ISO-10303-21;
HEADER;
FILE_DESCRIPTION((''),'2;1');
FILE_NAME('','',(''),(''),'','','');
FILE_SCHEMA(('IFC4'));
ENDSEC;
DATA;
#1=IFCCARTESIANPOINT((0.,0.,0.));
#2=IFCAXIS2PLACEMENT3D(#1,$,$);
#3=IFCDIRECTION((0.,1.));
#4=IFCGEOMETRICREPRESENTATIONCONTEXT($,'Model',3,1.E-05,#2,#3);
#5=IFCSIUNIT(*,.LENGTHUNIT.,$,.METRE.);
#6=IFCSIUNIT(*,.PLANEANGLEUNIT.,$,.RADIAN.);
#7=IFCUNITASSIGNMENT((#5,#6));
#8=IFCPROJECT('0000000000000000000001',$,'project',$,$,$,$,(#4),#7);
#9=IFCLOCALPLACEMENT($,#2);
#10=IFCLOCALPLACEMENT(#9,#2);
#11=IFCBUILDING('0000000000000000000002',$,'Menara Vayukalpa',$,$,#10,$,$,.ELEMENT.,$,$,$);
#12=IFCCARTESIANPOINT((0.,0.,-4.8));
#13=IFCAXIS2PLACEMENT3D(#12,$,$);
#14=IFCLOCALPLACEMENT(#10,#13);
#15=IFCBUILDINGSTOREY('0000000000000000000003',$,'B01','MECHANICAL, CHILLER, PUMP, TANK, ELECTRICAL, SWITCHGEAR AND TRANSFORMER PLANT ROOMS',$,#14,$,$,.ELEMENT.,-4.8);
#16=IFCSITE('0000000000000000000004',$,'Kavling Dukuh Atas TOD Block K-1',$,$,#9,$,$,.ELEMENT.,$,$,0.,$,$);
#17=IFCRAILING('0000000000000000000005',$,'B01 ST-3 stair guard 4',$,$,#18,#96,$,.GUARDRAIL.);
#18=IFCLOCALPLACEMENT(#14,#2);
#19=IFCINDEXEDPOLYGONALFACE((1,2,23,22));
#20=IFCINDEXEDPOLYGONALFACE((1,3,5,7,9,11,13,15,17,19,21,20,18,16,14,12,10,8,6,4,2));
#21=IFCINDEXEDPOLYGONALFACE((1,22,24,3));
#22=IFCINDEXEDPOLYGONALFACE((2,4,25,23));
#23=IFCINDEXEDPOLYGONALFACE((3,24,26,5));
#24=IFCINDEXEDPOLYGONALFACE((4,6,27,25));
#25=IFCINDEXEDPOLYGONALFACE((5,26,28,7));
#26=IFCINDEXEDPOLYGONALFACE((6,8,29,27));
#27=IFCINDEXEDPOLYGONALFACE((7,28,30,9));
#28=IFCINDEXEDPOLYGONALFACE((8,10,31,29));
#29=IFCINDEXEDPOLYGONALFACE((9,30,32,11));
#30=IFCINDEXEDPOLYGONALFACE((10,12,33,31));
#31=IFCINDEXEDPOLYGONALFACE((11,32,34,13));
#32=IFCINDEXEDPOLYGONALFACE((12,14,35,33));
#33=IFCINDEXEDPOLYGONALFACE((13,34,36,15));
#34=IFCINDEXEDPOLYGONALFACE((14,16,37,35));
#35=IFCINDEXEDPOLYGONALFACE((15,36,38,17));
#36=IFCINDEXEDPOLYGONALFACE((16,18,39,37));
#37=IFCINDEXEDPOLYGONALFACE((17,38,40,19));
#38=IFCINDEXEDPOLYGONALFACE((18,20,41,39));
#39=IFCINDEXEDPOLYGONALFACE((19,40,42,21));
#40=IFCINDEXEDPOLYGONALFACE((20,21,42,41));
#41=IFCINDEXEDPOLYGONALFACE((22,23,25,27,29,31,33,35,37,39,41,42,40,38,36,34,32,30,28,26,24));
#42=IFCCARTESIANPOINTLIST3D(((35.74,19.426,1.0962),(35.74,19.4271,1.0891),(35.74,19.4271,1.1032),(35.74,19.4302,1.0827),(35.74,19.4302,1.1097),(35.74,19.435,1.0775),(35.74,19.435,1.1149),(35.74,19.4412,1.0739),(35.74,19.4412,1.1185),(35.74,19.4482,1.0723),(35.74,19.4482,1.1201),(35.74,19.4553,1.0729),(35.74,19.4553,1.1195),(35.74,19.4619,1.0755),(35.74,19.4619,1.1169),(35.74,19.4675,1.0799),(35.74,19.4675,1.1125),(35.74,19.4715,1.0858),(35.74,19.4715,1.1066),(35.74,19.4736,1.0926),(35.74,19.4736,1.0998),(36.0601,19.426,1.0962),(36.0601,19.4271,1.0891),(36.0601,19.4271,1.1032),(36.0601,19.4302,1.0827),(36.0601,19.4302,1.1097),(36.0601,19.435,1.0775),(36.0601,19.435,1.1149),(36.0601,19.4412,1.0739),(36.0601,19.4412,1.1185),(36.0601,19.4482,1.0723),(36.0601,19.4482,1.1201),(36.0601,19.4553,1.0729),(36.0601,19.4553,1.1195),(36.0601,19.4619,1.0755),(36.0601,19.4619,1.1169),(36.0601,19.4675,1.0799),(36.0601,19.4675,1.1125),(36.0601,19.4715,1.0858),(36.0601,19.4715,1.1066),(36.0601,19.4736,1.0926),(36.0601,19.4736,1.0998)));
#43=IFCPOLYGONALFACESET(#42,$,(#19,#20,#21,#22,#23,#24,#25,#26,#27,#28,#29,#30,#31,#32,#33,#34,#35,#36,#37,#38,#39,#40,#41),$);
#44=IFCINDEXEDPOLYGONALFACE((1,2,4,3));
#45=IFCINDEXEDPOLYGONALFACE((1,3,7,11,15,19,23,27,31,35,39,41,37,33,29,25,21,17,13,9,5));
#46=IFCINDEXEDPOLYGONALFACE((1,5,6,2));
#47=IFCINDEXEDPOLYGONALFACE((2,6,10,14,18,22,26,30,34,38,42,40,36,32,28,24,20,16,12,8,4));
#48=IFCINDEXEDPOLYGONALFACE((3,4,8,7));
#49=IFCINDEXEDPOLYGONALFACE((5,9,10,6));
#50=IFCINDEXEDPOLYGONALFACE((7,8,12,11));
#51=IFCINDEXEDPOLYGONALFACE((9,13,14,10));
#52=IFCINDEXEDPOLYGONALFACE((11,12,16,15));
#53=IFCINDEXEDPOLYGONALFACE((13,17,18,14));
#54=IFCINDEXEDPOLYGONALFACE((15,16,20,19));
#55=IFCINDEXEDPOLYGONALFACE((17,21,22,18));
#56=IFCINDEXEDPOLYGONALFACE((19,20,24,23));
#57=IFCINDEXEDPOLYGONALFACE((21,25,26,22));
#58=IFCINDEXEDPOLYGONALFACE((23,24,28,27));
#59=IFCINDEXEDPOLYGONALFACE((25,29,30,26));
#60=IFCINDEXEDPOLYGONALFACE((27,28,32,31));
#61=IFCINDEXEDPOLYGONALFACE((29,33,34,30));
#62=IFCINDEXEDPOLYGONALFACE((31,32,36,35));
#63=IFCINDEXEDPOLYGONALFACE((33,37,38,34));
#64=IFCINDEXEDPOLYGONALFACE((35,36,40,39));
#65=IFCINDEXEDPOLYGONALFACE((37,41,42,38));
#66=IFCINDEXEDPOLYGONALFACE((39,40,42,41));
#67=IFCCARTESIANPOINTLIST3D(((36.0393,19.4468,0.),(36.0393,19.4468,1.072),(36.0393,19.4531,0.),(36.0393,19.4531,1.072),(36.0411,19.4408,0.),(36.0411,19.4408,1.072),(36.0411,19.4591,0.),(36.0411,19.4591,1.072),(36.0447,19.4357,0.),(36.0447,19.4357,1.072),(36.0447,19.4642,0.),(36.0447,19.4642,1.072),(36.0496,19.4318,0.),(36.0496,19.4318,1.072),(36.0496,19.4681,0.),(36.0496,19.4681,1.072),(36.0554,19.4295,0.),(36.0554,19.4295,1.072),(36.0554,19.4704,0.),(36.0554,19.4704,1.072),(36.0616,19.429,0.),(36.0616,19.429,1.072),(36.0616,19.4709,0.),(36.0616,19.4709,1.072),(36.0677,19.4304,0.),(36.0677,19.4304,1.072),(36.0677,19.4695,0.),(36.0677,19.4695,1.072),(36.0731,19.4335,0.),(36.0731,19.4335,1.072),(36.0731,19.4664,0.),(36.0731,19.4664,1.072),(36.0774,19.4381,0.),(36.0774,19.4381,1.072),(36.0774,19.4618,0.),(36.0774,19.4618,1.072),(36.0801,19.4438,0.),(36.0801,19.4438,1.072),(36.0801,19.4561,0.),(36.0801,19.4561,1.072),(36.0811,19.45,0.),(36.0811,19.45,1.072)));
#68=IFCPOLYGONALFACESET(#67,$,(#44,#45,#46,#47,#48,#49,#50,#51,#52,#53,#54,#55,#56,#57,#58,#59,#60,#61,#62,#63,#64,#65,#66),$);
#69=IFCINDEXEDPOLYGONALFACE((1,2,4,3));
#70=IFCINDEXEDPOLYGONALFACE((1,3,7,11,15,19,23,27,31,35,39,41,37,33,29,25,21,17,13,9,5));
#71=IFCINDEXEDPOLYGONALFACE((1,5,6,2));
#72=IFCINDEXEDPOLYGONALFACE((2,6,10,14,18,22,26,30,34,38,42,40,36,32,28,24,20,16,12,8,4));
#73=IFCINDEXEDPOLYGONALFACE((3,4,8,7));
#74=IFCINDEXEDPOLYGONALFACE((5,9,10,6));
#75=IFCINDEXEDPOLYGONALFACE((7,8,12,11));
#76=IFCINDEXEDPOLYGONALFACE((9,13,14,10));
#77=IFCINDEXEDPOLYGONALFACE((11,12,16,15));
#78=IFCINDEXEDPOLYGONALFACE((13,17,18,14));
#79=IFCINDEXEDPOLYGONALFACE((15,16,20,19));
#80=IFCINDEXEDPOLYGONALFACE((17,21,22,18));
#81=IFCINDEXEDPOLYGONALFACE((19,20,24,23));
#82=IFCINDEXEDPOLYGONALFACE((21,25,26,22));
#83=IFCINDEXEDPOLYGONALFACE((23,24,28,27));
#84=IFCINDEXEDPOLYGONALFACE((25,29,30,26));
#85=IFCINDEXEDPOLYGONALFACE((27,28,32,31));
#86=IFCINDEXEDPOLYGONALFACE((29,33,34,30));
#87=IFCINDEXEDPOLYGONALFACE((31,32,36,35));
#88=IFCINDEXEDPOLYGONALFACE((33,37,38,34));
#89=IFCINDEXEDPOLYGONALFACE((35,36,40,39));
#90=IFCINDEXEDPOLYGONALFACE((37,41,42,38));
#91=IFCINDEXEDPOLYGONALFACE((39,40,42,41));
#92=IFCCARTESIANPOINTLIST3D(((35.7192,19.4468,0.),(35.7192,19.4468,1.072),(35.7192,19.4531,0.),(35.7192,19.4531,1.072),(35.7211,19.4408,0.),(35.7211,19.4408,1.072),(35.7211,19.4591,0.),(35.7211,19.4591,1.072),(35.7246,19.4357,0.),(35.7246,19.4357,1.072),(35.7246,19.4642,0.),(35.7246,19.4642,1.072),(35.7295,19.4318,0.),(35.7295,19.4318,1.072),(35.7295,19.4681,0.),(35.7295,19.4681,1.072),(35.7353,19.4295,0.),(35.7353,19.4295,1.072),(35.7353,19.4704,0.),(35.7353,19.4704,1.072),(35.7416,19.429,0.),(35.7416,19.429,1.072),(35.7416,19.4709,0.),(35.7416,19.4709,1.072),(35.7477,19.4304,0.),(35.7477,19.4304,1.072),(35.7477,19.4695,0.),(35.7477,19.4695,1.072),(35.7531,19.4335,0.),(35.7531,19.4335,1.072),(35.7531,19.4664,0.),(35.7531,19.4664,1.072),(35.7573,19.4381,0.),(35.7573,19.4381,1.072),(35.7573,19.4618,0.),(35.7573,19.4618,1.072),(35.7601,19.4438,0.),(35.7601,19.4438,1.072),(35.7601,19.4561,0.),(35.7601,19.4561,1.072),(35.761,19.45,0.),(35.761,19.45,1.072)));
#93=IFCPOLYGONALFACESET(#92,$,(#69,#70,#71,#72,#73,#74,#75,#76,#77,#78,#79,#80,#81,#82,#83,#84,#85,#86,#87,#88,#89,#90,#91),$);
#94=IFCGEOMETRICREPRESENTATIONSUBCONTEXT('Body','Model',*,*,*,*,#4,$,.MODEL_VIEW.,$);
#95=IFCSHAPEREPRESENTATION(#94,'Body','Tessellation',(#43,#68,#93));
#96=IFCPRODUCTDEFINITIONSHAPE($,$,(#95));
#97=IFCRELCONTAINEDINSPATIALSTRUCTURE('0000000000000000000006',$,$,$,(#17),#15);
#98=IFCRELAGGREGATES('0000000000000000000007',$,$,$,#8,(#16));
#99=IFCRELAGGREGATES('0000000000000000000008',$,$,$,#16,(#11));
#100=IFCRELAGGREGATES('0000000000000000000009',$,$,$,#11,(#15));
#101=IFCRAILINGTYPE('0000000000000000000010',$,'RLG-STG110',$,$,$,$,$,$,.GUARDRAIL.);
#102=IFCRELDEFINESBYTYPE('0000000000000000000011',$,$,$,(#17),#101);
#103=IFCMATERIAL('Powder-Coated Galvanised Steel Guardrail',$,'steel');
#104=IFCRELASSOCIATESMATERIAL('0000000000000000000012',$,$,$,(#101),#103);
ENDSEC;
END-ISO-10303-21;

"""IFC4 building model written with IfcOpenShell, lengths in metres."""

from ifc_helpers import new_model, si_unit, direction, frame, origin, origin_2d, place, context, subcontext, project, spatial, circle, extrude, material, type_object, element, save


model = new_model("IFC4")

# Units and contexts
model_context = context("Model", 3, precision=1e-05, world=origin(), true_north=direction((0.0, 1.0)))
body_context = subcontext(model_context, "Body", "Model", "MODEL_VIEW")
ifc_project = project(units=[si_unit("LENGTHUNIT", "METRE"), si_unit("PLANEANGLEUNIT", "RADIAN")], contexts=[model_context])

# Site, building, storey
site_placement = place(None, origin())
site = spatial("IfcSite", under=ifc_project, at=site_placement, Name="Kavling Dukuh Atas TOD Block K-1", CompositionType="ELEMENT", RefElevation=0.0)
building_placement = place(site_placement, origin())
building = spatial("IfcBuilding", under=site, at=building_placement, Name="Menara Vayukalpa", CompositionType="ELEMENT")
storey_placement = place(building_placement, frame((0.0, 0.0, -4.8)))
storey = spatial("IfcBuildingStorey", under=building, at=storey_placement, Name="B01", Description="MECHANICAL, CHILLER, PUMP, TANK, ELECTRICAL, SWITCHGEAR AND TRANSFORMER PLANT ROOMS", CompositionType="ELEMENT", Elevation=-4.8)

# Railing
ifc_material_1 = material(Name="Powder-Coated Galvanised Steel Guardrail", Category="steel")
railing_type_1 = type_object("IfcRailingType", Name="RLG-STG110", PredefinedType="GUARDRAIL", material=ifc_material_1)
railing_1_placement = place(storey_placement, frame((36.0601, 19.45, 0.0)))
element("IfcRailing", 1, at=railing_1_placement, inside=storey, type_object=railing_type_1, Name="B01 ST-3 stair guard 4", PredefinedType="GUARDRAIL", context=body_context, shape_type="SweptSolid", body=[
    extrude(circle(Radius=0.0239, at=origin_2d()), frame((0.0, 0.0, 1.0962), z_axis=(-1.0, 0.0, 0.0), x_axis=(0.0, -1.0, 0.0)), (0.0, 0.0, 1.0), 0.3201),
    extrude(circle(Radius=0.021, at=origin_2d()), origin(), (0.0, 0.0, 1.0), 1.072),
    extrude(circle(Radius=0.021, at=origin_2d()), frame((-0.3201, 0.0, 0.0)), (0.0, 0.0, 1.0), 1.072),
])

save(model, "model.ifc")
